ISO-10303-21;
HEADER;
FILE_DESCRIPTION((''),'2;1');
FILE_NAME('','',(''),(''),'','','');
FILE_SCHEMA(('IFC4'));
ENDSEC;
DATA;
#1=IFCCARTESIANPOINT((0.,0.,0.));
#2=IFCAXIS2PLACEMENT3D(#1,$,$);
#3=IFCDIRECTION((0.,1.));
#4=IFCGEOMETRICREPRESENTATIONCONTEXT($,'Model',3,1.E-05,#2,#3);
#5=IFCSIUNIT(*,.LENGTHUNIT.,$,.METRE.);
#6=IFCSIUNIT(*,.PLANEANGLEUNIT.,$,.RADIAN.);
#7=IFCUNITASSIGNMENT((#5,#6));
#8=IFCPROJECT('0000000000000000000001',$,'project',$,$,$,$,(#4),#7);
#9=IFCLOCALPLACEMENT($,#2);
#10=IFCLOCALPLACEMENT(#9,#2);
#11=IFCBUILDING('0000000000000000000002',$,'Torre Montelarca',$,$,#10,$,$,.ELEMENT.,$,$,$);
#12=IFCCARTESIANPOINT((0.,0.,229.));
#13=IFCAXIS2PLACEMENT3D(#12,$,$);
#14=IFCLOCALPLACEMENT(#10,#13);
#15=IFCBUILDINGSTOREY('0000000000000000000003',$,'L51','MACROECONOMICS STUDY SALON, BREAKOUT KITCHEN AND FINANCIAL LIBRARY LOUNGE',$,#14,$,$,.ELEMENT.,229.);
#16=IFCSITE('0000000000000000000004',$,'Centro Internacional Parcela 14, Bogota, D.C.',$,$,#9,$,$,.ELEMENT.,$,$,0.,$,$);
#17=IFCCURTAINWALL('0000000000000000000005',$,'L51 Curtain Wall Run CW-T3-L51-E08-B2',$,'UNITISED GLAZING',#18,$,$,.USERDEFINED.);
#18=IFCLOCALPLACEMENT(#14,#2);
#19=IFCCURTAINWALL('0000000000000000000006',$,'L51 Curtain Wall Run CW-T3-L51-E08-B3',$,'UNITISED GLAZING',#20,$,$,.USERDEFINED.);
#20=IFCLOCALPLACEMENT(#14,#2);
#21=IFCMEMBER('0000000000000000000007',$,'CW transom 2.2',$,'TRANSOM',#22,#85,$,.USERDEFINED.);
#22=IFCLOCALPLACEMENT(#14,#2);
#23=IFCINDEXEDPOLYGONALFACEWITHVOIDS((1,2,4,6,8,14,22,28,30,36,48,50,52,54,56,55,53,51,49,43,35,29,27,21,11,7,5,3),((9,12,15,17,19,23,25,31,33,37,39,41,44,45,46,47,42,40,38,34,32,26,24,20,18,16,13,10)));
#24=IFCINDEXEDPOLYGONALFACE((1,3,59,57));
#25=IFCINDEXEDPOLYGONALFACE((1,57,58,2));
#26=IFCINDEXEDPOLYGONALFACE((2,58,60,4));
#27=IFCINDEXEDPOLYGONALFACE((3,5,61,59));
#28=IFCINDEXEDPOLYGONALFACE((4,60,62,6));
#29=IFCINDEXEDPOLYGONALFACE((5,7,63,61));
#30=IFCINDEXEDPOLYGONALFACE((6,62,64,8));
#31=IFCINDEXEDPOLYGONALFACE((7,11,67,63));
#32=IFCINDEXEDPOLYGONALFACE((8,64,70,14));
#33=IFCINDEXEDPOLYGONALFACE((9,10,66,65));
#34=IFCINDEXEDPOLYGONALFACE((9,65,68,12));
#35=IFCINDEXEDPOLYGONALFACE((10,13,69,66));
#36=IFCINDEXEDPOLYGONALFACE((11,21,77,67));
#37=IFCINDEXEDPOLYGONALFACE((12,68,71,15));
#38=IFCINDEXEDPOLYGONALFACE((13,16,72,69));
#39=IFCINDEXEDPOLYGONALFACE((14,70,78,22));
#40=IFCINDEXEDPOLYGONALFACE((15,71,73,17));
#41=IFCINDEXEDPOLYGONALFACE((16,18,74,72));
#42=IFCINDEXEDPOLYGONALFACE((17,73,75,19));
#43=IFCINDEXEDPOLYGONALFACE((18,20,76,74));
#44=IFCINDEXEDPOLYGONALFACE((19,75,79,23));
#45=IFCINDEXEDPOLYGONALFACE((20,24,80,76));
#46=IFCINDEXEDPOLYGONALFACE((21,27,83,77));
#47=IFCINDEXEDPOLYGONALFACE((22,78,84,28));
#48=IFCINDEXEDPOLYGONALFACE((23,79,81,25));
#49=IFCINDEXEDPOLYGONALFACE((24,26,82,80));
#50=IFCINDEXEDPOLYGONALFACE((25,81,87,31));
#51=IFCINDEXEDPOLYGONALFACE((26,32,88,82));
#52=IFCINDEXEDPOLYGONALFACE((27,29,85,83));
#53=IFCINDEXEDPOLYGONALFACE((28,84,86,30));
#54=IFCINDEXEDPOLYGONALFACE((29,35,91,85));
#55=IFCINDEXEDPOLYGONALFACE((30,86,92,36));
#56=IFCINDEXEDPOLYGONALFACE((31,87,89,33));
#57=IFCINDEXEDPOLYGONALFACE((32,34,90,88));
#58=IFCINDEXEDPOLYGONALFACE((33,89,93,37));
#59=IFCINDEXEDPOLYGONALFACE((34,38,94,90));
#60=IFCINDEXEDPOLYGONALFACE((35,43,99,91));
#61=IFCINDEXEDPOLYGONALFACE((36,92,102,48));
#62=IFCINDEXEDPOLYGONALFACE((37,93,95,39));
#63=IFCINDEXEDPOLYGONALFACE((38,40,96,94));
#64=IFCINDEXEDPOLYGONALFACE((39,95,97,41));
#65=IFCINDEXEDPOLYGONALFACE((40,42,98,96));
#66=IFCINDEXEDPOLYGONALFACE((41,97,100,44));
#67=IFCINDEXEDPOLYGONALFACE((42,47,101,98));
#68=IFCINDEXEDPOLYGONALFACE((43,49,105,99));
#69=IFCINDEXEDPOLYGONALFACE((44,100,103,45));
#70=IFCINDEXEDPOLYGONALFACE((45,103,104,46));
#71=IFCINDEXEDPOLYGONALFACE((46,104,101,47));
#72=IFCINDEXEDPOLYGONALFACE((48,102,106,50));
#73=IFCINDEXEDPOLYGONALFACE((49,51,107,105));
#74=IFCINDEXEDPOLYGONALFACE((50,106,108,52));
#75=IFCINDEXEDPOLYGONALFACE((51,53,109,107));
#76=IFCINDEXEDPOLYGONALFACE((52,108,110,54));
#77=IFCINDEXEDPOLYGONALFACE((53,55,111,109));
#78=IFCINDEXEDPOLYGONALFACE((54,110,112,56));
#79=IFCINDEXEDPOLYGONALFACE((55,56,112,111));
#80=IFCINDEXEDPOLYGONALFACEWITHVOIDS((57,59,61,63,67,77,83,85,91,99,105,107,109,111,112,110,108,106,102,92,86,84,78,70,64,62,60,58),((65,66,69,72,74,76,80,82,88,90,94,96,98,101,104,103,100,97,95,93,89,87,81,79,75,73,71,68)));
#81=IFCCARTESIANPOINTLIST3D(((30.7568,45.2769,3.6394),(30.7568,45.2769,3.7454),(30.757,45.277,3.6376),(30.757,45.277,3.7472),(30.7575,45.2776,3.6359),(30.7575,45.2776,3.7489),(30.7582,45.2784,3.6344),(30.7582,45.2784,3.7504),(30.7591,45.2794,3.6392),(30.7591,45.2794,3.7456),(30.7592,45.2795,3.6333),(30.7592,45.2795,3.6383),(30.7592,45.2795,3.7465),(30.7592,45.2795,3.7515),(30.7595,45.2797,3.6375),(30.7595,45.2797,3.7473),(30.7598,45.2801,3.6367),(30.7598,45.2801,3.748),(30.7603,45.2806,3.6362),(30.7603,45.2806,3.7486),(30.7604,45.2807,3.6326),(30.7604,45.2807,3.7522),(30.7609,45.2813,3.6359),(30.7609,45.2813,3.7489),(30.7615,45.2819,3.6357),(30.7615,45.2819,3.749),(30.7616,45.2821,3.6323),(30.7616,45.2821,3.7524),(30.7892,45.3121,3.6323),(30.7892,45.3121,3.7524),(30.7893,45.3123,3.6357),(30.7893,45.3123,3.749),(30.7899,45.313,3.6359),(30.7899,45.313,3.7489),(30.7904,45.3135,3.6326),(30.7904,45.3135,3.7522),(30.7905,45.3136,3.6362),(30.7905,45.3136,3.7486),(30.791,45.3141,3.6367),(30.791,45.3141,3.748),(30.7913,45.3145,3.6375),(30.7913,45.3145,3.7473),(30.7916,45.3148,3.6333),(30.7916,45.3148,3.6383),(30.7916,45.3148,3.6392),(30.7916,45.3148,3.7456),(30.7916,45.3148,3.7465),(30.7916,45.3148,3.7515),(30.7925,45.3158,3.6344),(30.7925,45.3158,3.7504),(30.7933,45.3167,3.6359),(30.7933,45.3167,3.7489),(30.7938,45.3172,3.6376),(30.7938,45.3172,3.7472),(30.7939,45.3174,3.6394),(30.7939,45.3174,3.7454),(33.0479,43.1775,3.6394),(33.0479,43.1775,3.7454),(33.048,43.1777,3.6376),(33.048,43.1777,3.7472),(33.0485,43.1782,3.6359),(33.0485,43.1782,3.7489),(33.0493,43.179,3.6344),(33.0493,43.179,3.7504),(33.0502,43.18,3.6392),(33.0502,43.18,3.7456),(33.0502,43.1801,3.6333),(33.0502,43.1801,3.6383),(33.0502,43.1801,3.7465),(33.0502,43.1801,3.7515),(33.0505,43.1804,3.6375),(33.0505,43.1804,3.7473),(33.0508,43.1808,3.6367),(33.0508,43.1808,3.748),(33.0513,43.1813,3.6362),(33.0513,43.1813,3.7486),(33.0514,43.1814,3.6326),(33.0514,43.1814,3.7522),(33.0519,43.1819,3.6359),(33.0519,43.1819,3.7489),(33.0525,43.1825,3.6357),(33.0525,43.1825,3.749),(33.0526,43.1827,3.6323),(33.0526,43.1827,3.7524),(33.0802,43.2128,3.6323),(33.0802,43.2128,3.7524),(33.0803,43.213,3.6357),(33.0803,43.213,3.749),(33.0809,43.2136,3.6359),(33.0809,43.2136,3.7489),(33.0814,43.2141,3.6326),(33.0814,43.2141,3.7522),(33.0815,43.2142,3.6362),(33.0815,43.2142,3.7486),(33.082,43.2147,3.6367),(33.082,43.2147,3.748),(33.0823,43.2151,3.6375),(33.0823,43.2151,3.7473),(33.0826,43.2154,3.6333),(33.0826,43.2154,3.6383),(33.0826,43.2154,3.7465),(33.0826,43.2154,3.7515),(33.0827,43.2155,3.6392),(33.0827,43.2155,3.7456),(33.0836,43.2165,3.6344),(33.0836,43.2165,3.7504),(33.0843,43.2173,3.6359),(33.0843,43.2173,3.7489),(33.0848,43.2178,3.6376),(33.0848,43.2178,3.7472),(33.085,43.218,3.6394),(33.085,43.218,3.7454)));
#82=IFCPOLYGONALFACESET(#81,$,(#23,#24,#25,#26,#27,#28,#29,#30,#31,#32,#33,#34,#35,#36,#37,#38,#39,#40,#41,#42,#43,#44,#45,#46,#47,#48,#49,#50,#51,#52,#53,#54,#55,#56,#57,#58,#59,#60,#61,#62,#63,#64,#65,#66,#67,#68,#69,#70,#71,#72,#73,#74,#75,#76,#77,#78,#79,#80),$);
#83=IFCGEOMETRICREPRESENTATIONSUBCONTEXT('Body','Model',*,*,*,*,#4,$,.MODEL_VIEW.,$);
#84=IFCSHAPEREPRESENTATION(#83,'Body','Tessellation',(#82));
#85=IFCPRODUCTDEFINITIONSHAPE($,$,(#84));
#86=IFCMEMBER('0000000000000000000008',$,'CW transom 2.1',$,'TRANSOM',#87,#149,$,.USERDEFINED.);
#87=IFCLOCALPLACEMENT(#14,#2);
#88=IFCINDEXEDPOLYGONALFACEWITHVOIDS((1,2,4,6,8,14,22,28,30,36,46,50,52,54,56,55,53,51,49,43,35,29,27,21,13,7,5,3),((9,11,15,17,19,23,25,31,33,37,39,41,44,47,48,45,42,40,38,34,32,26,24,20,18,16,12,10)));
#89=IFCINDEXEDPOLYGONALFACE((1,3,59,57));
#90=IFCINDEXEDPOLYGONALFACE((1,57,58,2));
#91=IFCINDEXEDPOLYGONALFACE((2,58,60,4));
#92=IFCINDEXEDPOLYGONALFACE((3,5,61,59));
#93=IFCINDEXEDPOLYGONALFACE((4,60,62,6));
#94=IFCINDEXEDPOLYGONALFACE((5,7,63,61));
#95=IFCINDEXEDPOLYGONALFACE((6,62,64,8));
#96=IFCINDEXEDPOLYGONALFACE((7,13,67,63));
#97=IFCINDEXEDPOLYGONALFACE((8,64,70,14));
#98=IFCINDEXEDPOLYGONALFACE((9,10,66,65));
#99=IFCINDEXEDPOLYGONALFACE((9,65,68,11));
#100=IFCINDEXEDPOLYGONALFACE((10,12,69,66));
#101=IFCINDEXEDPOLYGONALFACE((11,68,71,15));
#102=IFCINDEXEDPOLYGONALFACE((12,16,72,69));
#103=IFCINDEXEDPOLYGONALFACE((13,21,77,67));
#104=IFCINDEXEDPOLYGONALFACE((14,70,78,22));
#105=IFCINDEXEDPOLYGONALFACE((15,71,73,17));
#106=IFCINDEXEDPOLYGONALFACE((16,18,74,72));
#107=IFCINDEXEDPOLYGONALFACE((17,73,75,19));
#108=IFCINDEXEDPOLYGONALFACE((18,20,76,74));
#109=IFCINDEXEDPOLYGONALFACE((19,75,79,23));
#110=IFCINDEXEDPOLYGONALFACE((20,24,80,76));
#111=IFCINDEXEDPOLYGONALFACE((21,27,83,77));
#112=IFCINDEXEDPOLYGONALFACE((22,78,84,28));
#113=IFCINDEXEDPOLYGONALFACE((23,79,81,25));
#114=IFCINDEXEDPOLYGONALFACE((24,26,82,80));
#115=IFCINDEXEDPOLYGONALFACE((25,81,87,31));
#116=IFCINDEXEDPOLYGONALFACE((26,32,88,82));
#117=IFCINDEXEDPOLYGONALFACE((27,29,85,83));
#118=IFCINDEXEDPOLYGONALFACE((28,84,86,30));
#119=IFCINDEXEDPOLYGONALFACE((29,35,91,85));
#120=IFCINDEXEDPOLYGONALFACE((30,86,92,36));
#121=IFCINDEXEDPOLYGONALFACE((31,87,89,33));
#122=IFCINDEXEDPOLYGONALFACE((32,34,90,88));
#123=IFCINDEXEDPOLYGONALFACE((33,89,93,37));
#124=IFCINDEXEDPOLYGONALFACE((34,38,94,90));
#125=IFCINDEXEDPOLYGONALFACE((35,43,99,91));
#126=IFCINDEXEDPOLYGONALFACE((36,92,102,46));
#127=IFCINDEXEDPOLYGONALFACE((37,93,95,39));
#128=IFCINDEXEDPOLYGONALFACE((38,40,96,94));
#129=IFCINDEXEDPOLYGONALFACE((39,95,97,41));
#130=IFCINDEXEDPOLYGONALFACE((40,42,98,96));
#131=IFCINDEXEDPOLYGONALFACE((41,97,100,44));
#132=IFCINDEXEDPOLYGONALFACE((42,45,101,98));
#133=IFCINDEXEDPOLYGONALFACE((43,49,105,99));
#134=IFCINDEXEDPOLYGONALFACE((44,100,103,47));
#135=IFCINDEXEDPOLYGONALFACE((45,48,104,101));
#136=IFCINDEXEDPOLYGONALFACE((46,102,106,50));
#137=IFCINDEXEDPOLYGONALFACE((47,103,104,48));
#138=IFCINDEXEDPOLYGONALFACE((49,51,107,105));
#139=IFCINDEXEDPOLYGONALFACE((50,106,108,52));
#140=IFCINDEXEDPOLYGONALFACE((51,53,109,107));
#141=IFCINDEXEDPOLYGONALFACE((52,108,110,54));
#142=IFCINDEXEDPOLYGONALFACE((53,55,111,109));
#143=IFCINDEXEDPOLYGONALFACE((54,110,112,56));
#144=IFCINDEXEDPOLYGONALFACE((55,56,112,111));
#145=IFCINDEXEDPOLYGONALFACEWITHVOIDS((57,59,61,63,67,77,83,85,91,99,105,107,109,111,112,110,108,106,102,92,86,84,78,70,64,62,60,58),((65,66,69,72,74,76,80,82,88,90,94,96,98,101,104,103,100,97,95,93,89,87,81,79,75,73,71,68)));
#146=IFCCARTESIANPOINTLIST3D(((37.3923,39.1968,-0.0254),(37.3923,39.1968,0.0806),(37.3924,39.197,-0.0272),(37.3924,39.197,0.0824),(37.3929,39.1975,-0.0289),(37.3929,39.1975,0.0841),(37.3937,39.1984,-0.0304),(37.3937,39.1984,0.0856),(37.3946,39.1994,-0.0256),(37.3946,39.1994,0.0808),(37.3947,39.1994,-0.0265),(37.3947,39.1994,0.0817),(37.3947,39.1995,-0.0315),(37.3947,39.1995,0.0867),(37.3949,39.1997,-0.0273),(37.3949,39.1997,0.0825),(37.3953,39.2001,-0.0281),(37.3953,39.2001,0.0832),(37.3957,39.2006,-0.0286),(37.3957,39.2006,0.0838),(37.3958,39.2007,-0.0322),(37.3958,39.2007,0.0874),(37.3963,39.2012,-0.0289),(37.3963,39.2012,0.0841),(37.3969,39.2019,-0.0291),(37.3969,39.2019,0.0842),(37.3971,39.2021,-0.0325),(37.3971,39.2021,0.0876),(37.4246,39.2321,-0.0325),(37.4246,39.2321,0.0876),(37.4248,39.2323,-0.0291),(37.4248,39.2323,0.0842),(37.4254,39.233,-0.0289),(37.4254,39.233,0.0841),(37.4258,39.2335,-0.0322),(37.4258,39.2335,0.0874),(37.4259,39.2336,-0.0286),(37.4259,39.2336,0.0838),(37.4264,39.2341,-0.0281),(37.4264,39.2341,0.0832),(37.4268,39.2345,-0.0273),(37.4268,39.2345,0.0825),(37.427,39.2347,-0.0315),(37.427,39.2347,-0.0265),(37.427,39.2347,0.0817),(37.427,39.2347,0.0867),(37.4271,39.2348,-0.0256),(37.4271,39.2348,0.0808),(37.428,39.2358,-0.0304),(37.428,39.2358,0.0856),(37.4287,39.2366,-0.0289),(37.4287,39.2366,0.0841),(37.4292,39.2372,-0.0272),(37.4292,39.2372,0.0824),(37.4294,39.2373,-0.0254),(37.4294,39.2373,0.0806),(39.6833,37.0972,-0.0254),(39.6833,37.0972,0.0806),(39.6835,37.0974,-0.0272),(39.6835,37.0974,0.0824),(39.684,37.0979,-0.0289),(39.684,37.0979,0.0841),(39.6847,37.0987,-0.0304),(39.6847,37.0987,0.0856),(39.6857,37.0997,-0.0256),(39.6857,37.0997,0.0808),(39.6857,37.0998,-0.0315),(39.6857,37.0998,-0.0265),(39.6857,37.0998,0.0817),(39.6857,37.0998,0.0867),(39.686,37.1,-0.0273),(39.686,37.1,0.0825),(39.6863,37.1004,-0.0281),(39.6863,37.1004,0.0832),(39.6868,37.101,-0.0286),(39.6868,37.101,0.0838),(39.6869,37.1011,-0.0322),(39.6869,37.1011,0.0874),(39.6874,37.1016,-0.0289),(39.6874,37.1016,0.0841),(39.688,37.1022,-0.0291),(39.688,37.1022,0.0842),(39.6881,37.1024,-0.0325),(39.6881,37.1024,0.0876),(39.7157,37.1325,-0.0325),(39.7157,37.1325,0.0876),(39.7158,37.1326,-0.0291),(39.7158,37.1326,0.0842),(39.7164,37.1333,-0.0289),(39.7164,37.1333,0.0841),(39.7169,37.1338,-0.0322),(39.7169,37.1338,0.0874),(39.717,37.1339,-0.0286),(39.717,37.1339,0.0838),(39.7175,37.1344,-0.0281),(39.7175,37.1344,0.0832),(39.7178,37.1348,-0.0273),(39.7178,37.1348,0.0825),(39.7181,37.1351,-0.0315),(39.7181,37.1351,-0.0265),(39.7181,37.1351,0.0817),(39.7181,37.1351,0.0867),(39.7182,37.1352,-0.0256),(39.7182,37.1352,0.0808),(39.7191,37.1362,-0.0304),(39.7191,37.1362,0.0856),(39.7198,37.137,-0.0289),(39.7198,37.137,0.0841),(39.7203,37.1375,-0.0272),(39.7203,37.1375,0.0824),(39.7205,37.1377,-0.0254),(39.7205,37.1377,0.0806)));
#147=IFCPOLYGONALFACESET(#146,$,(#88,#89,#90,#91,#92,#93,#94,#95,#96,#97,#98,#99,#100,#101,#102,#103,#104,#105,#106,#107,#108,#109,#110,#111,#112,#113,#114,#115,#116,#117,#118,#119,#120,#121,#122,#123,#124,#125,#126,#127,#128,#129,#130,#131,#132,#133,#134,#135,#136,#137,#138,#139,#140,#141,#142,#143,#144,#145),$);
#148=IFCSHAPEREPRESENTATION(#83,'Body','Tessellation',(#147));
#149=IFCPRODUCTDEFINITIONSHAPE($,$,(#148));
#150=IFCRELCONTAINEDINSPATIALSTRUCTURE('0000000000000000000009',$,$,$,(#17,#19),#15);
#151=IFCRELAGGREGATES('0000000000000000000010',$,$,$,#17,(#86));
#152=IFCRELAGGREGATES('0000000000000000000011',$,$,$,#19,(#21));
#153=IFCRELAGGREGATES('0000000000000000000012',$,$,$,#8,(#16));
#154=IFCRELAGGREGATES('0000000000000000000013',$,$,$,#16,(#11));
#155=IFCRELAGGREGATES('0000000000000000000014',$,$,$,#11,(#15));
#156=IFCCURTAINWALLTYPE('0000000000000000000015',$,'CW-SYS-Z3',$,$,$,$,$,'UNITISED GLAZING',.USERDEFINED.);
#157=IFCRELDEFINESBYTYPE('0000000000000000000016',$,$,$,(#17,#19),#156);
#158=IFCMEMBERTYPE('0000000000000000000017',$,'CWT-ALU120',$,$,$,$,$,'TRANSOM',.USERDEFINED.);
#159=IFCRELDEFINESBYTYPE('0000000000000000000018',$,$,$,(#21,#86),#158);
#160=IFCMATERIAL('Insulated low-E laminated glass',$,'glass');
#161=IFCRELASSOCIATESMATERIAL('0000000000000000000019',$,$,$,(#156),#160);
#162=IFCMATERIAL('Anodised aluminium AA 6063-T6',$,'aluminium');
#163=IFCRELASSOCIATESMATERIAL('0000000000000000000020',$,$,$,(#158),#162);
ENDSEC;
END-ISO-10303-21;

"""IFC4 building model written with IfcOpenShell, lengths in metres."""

from ifc_helpers import new_model, si_unit, direction, frame, origin, origin_2d, place, context, subcontext, project, spatial, hollow_rectangle, extrude, source, transform, mapped, material, material_profile, profile_set, type_object, element, aggregate, save


model = new_model("IFC4")

# Units and contexts
model_context = context("Model", 3, precision=1e-05, world=origin(), true_north=direction((0.0, 1.0)))
body_context = subcontext(model_context, "Body", "Model", "MODEL_VIEW")
ifc_project = project(units=[si_unit("LENGTHUNIT", "METRE"), si_unit("PLANEANGLEUNIT", "RADIAN")], contexts=[model_context])

# Site, building, storey
site_placement = place(None, origin())
site = spatial("IfcSite", under=ifc_project, at=site_placement, Name="Centro Internacional Parcela 14, Bogota, D.C.", CompositionType="ELEMENT", RefElevation=0.0)
building_placement = place(site_placement, origin())
building = spatial("IfcBuilding", under=site, at=building_placement, Name="Torre Montelarca", CompositionType="ELEMENT")
storey_placement = place(building_placement, frame((0.0, 0.0, 229.0)))
storey = spatial("IfcBuildingStorey", under=building, at=storey_placement, Name="L51", Description="MACROECONOMICS STUDY SALON, BREAKOUT KITCHEN AND FINANCIAL LIBRARY LOUNGE", CompositionType="ELEMENT", Elevation=229.0)

# Curtain walls
ifc_material_1 = material(Name="Insulated low-E laminated glass", Category="glass")
curtain_wall_type = type_object("IfcCurtainWallType", Name="CW-SYS-Z3", ElementType="UNITISED GLAZING", PredefinedType="USERDEFINED", material=ifc_material_1)
ifc_material_2 = material(Name="Anodised aluminium AA 6063-T6", Category="aluminium")
curtain_wall_1_placement = place(storey_placement, origin())
curtain_wall_1 = element("IfcCurtainWall", 1, at=curtain_wall_1_placement, inside=storey, type_object=curtain_wall_type, Name="L51 Curtain Wall Run CW-T3-L51-E08-B2", ObjectType="UNITISED GLAZING", PredefinedType="USERDEFINED")
curtain_wall_2_placement = place(storey_placement, origin())
curtain_wall_2 = element("IfcCurtainWall", 2, at=curtain_wall_2_placement, inside=storey, type_object=curtain_wall_type, Name="L51 Curtain Wall Run CW-T3-L51-E08-B3", ObjectType="UNITISED GLAZING", PredefinedType="USERDEFINED")

# Members
ifc_material_profile_1 = material_profile(ifc_material_2, hollow_rectangle(XDim=0.0549, YDim=0.1201, WallThickness=0.0034, InnerFilletRadius=0.0034, OuterFilletRadius=0.0071, at=origin_2d()), Name="ALU55X120X3.5", Category="aluminium")
ifc_profile_set_1 = profile_set([ifc_material_profile_1], Name="Anodised aluminium AA 6063-T6")
member_type_1 = type_object("IfcMemberType", Name="CWT-ALU120", ElementType="TRANSOM", PredefinedType="USERDEFINED", material=ifc_profile_set_1)
shared_shape_1 = source(origin(), body_context, "Body", "SweptSolid", [
    extrude(hollow_rectangle(XDim=0.0549, YDim=0.1201, WallThickness=0.0034, InnerFilletRadius=0.0034, OuterFilletRadius=0.0071, at=origin_2d()), origin(), (0.0, 0.0, 1.0), 3.1074),
])
member_1_placement = place(storey_placement, frame((33.0664, 43.1978, 3.6924), z_axis=(-0.737272, 0.675597, 0.0), x_axis=(-0.675597, -0.737272, 0.0)))
member_1 = element("IfcMember", 3, at=member_1_placement, type_object=member_type_1, Name="CW transom 2.2", ObjectType="TRANSOM", PredefinedType="USERDEFINED", context=body_context, shape_type="MappedRepresentation", body=[
    mapped(shared_shape_1, transform((0.0, 0.0, 0.0), scale=1.0)),
])
shared_shape_2 = source(origin(), body_context, "Body", "SweptSolid", [
    extrude(hollow_rectangle(XDim=0.0549, YDim=0.1201, WallThickness=0.0034, InnerFilletRadius=0.0034, OuterFilletRadius=0.0071, at=origin_2d()), origin(), (0.0, 0.0, 1.0), 3.1077),
])
member_2_placement = place(storey_placement, frame((39.7019, 37.1174, 0.0276), z_axis=(-0.737232, 0.675639, 0.0), x_axis=(-0.675639, -0.737232, 0.0)))
member_2 = element("IfcMember", 4, at=member_2_placement, type_object=member_type_1, Name="CW transom 2.1", ObjectType="TRANSOM", PredefinedType="USERDEFINED", context=body_context, shape_type="MappedRepresentation", body=[
    mapped(shared_shape_2, transform((0.0, 0.0, 0.0), scale=1.0)),
])

aggregate(curtain_wall_1, [member_2])
aggregate(curtain_wall_2, [member_1])

save(model, "model.ifc")
